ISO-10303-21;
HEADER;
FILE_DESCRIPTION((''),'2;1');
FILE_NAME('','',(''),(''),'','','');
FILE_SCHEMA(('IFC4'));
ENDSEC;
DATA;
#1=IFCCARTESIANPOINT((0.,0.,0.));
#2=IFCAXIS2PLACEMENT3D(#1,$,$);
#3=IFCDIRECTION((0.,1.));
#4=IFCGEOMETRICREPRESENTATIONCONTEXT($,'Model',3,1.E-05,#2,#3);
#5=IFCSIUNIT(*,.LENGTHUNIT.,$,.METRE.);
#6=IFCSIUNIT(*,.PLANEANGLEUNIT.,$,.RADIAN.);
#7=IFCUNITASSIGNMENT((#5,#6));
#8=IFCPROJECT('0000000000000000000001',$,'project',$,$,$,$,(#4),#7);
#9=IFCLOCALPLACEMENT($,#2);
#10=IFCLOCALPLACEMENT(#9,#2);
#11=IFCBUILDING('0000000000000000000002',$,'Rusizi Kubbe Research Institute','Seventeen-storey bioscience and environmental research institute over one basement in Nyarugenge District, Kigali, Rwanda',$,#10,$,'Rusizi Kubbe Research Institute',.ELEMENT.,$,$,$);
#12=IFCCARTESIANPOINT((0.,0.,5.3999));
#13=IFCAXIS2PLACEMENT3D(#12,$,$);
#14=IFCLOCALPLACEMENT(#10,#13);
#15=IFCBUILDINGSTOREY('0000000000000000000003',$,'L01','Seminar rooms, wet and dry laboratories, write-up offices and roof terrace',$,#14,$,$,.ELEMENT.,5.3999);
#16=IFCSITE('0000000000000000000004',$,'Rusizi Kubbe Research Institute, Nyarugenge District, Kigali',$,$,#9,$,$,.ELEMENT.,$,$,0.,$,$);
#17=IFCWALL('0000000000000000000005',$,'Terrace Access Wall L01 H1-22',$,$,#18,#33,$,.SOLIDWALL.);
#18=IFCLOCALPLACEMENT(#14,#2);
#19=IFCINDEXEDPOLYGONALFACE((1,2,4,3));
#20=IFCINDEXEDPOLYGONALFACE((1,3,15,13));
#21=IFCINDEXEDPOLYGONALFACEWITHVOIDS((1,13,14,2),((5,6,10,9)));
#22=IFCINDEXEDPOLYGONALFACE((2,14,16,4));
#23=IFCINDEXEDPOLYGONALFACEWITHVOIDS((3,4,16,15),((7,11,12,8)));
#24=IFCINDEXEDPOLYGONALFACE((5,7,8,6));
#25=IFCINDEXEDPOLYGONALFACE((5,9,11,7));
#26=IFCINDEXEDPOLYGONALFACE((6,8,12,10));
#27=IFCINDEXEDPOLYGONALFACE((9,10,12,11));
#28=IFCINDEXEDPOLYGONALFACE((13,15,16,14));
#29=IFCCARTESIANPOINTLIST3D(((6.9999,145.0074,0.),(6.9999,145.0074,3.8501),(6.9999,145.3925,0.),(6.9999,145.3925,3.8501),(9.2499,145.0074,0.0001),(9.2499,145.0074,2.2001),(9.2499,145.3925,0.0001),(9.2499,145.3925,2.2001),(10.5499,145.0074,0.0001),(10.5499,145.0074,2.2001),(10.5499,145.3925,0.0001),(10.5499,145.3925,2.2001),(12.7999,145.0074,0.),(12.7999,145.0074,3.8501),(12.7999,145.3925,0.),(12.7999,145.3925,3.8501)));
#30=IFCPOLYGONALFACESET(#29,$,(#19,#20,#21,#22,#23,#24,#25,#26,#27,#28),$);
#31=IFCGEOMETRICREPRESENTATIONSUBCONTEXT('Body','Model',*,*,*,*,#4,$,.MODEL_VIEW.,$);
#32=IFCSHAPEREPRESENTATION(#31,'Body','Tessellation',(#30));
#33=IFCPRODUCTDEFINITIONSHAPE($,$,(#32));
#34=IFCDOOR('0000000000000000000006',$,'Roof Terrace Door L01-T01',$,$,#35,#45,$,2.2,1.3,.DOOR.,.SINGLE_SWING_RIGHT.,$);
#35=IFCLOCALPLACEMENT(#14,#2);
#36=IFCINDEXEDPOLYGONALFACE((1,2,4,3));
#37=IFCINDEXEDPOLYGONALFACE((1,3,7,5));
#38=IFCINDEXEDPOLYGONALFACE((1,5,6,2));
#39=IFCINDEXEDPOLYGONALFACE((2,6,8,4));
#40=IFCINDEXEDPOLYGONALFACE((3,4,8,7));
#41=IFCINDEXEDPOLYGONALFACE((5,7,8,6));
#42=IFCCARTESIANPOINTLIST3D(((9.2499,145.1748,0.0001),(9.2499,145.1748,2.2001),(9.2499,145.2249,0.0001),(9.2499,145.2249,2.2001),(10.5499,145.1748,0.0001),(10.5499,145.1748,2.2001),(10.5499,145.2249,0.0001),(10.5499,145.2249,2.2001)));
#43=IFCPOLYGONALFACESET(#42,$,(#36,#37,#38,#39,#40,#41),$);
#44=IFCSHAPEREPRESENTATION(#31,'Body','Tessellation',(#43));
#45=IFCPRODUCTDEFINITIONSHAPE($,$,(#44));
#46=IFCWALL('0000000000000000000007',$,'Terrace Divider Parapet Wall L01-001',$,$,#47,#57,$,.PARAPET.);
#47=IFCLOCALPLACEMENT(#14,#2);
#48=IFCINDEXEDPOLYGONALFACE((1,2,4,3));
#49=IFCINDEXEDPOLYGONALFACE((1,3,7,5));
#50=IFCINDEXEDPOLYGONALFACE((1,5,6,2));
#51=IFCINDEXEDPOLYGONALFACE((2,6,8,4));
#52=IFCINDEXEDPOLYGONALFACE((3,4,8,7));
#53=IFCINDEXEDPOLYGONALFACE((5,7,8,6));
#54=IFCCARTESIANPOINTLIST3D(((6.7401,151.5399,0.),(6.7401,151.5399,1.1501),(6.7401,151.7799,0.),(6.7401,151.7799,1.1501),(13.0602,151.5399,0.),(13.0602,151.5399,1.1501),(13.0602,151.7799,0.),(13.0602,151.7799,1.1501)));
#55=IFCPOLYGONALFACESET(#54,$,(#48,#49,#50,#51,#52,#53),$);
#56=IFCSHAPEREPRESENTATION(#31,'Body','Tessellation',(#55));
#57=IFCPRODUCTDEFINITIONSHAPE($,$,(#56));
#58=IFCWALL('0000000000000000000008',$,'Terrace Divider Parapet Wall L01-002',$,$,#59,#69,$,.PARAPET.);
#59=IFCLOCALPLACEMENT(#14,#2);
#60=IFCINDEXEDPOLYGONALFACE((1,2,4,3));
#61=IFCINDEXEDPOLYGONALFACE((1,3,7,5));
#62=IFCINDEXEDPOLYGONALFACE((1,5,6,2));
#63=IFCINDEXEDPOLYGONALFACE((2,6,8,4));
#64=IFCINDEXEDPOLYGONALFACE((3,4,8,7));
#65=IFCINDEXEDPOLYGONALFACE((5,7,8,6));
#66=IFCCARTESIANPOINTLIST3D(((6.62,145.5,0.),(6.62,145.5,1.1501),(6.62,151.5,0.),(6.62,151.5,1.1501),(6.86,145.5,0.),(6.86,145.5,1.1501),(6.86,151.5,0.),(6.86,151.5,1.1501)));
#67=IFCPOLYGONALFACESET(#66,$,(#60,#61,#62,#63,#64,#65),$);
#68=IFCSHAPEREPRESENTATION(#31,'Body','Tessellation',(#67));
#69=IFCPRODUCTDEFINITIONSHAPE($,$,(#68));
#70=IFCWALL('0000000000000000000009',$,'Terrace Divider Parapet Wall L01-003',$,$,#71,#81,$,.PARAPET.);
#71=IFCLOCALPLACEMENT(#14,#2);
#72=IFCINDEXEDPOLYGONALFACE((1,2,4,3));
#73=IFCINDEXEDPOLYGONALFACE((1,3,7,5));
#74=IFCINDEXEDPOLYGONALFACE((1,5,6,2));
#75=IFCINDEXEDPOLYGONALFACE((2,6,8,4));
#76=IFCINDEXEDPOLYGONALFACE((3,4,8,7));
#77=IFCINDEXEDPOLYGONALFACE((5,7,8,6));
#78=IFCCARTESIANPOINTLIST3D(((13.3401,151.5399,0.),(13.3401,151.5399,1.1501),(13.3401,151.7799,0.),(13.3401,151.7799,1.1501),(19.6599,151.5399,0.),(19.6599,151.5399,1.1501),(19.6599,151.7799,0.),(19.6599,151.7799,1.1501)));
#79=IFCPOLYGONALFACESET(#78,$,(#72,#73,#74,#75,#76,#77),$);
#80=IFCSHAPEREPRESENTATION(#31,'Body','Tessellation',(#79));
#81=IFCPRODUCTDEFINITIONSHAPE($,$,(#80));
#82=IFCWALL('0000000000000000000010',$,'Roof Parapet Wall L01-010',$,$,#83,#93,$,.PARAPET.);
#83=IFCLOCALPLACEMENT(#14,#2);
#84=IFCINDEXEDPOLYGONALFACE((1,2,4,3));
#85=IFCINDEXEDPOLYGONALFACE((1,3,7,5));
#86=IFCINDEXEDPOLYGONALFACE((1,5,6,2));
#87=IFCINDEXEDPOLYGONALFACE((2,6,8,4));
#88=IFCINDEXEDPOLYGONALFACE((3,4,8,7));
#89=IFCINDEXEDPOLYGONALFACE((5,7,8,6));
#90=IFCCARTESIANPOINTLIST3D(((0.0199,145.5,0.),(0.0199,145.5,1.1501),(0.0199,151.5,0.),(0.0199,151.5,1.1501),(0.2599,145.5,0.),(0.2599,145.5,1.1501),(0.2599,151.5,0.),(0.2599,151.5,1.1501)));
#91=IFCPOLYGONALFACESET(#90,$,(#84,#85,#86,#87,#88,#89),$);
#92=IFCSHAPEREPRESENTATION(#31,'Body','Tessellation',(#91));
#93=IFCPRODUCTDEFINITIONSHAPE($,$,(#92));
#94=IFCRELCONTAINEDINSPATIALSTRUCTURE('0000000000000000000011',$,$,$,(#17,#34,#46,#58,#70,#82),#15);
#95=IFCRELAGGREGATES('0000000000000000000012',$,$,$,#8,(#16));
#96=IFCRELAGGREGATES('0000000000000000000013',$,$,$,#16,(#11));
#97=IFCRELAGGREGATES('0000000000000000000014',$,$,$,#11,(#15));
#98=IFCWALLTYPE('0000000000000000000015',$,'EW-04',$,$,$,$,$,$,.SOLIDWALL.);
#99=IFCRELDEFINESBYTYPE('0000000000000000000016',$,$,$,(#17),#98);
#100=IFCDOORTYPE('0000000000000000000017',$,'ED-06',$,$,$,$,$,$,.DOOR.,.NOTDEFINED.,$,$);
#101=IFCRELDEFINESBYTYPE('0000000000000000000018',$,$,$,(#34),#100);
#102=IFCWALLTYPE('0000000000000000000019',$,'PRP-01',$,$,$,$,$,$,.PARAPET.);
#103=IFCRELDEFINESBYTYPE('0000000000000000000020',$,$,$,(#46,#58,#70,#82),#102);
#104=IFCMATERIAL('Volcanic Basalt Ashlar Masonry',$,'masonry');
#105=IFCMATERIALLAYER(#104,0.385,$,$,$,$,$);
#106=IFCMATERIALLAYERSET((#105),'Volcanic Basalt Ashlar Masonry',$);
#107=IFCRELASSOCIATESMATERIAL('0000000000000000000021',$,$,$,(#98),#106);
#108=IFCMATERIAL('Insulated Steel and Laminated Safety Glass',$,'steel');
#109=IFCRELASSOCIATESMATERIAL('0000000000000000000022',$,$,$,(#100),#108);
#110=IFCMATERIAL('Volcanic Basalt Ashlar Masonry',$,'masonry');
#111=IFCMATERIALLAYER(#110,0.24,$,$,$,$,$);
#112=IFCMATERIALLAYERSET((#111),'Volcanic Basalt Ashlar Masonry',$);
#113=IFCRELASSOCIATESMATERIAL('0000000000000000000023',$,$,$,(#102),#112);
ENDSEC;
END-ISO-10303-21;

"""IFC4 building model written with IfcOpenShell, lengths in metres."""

from ifc_helpers import new_model, si_unit, direction, frame, frame_2d, origin, place, context, subcontext, project, spatial, rectangle, extrude, material, layer, layer_set, type_object, element, fill, save


model = new_model("IFC4")

# Units and contexts
model_context = context("Model", 3, precision=1e-05, world=origin(), true_north=direction((0.0, 1.0)))
body_context = subcontext(model_context, "Body", "Model", "MODEL_VIEW")
ifc_project = project(units=[si_unit("LENGTHUNIT", "METRE"), si_unit("PLANEANGLEUNIT", "RADIAN")], contexts=[model_context])

# Site, building, storey
site_placement = place(None, origin())
site = spatial("IfcSite", under=ifc_project, at=site_placement, Name="Rusizi Kubbe Research Institute, Nyarugenge District, Kigali", CompositionType="ELEMENT", RefElevation=0.0)
building_placement = place(site_placement, origin())
building = spatial("IfcBuilding", under=site, at=building_placement, Name="Rusizi Kubbe Research Institute", Description="Seventeen-storey bioscience and environmental research institute over one basement in Nyarugenge District, Kigali, Rwanda", LongName="Rusizi Kubbe Research Institute", CompositionType="ELEMENT")
storey_placement = place(building_placement, frame((0.0, 0.0, 5.3999)))
storey = spatial("IfcBuildingStorey", under=building, at=storey_placement, Name="L01", Description="Seminar rooms, wet and dry laboratories, write-up offices and roof terrace", CompositionType="ELEMENT", Elevation=5.3999)

# Wall, opening, door
ifc_material_1 = material(Name="Volcanic Basalt Ashlar Masonry", Category="masonry")
ifc_layer_1 = layer(ifc_material_1, 0.385)
ifc_layer_set_1 = layer_set([ifc_layer_1], Name="Volcanic Basalt Ashlar Masonry")
wall_type_1 = type_object("IfcWallType", Name="EW-04", PredefinedType="SOLIDWALL", material=ifc_layer_set_1)
wall_1_placement = place(storey_placement, frame((7.0, 145.2, 0.0), z_axis=(0.0, 0.0, 1.0), x_axis=(1.0, 0.0, 0.0)))
wall_1 = element("IfcWall", 1, at=wall_1_placement, inside=storey, type_object=wall_type_1, Name="Terrace Access Wall L01 H1-22", PredefinedType="SOLIDWALL", context=body_context, shape_type="SweptSolid", body=[
    extrude(rectangle(XDim=5.8, YDim=0.385, at=frame_2d((2.8999, 0.0))), origin(), (0.0, 0.0, 1.0), 3.8501),
])
opening_placement = place(wall_1_placement, frame((2.25, 0.0, 0.0)))
opening = element("IfcOpeningElement", 2, at=opening_placement, cuts=wall_1, PredefinedType="OPENING", context=body_context, shape_type="SweptSolid", body=[
    extrude(rectangle(XDim=1.3, YDim=2.2, at=frame_2d((0.6499, 1.1001))), frame((0.0, 0.2024, 0.0), z_axis=(0.0, -1.0, 0.0), x_axis=(1.0, 0.0, 0.0)), (0.0, 0.0, 1.0), 0.405),
])
ifc_material_2 = material(Name="Insulated Steel and Laminated Safety Glass", Category="steel")
door_type = type_object("IfcDoorType", Name="ED-06", OperationType="NOTDEFINED", PredefinedType="DOOR", material=ifc_material_2)
door_placement = place(opening_placement, origin())
door = element("IfcDoor", 3, at=door_placement, inside=storey, type_object=door_type, Name="Roof Terrace Door L01-T01", OperationType="SINGLE_SWING_RIGHT", OverallHeight=2.2, OverallWidth=1.3, PredefinedType="DOOR", context=body_context, shape_type="SweptSolid", body=[
    extrude(rectangle(XDim=1.3, YDim=2.2, at=frame_2d((0.6499, 1.1001))), frame((0.0, 0.0249, 0.0), z_axis=(0.0, -1.0, 0.0), x_axis=(1.0, 0.0, 0.0)), (0.0, 0.0, 1.0), 0.05),
])
fill(opening, door)

# Walls
ifc_material_3 = material(Name="Volcanic Basalt Ashlar Masonry", Category="masonry")
ifc_layer_2 = layer(ifc_material_3, 0.24)
ifc_layer_set_2 = layer_set([ifc_layer_2], Name="Volcanic Basalt Ashlar Masonry")
wall_type_2 = type_object("IfcWallType", Name="PRP-01", PredefinedType="PARAPET", material=ifc_layer_set_2)
wall_2_placement = place(storey_placement, frame((6.74, 151.6599, 0.0), z_axis=(0.0, 0.0, 1.0), x_axis=(1.0, 0.0, 0.0)))
element("IfcWall", 4, at=wall_2_placement, inside=storey, type_object=wall_type_2, Name="Terrace Divider Parapet Wall L01-001", PredefinedType="PARAPET", context=body_context, shape_type="SweptSolid", body=[
    extrude(rectangle(XDim=6.3201, YDim=0.24, at=frame_2d((3.1602, 0.0))), origin(), (0.0, 0.0, 1.0), 1.1501),
])
wall_3_placement = place(storey_placement, frame((6.74, 145.5, 0.0), z_axis=(0.0, 0.0, 1.0), x_axis=(0.0, 1.0, 0.0)))
element("IfcWall", 5, at=wall_3_placement, inside=storey, type_object=wall_type_2, Name="Terrace Divider Parapet Wall L01-002", PredefinedType="PARAPET", context=body_context, shape_type="SweptSolid", body=[
    extrude(rectangle(XDim=6.0, YDim=0.24, at=frame_2d((3.0, 0.0))), origin(), (0.0, 0.0, 1.0), 1.1501),
])
wall_4_placement = place(storey_placement, frame((13.3401, 151.6599, 0.0), z_axis=(0.0, 0.0, 1.0), x_axis=(1.0, 0.0, 0.0)))
element("IfcWall", 6, at=wall_4_placement, inside=storey, type_object=wall_type_2, Name="Terrace Divider Parapet Wall L01-003", PredefinedType="PARAPET", context=body_context, shape_type="SweptSolid", body=[
    extrude(rectangle(XDim=6.3198, YDim=0.24, at=frame_2d((3.1599, 0.0))), origin(), (0.0, 0.0, 1.0), 1.1501),
])
wall_5_placement = place(storey_placement, frame((0.1399, 145.5, 0.0), z_axis=(0.0, 0.0, 1.0), x_axis=(0.0, 1.0, 0.0)))
element("IfcWall", 7, at=wall_5_placement, inside=storey, type_object=wall_type_2, Name="Roof Parapet Wall L01-010", PredefinedType="PARAPET", context=body_context, shape_type="SweptSolid", body=[
    extrude(rectangle(XDim=6.0, YDim=0.24, at=frame_2d((3.0, 0.0))), origin(), (0.0, 0.0, 1.0), 1.1501),
])

save(model, "model.ifc")
